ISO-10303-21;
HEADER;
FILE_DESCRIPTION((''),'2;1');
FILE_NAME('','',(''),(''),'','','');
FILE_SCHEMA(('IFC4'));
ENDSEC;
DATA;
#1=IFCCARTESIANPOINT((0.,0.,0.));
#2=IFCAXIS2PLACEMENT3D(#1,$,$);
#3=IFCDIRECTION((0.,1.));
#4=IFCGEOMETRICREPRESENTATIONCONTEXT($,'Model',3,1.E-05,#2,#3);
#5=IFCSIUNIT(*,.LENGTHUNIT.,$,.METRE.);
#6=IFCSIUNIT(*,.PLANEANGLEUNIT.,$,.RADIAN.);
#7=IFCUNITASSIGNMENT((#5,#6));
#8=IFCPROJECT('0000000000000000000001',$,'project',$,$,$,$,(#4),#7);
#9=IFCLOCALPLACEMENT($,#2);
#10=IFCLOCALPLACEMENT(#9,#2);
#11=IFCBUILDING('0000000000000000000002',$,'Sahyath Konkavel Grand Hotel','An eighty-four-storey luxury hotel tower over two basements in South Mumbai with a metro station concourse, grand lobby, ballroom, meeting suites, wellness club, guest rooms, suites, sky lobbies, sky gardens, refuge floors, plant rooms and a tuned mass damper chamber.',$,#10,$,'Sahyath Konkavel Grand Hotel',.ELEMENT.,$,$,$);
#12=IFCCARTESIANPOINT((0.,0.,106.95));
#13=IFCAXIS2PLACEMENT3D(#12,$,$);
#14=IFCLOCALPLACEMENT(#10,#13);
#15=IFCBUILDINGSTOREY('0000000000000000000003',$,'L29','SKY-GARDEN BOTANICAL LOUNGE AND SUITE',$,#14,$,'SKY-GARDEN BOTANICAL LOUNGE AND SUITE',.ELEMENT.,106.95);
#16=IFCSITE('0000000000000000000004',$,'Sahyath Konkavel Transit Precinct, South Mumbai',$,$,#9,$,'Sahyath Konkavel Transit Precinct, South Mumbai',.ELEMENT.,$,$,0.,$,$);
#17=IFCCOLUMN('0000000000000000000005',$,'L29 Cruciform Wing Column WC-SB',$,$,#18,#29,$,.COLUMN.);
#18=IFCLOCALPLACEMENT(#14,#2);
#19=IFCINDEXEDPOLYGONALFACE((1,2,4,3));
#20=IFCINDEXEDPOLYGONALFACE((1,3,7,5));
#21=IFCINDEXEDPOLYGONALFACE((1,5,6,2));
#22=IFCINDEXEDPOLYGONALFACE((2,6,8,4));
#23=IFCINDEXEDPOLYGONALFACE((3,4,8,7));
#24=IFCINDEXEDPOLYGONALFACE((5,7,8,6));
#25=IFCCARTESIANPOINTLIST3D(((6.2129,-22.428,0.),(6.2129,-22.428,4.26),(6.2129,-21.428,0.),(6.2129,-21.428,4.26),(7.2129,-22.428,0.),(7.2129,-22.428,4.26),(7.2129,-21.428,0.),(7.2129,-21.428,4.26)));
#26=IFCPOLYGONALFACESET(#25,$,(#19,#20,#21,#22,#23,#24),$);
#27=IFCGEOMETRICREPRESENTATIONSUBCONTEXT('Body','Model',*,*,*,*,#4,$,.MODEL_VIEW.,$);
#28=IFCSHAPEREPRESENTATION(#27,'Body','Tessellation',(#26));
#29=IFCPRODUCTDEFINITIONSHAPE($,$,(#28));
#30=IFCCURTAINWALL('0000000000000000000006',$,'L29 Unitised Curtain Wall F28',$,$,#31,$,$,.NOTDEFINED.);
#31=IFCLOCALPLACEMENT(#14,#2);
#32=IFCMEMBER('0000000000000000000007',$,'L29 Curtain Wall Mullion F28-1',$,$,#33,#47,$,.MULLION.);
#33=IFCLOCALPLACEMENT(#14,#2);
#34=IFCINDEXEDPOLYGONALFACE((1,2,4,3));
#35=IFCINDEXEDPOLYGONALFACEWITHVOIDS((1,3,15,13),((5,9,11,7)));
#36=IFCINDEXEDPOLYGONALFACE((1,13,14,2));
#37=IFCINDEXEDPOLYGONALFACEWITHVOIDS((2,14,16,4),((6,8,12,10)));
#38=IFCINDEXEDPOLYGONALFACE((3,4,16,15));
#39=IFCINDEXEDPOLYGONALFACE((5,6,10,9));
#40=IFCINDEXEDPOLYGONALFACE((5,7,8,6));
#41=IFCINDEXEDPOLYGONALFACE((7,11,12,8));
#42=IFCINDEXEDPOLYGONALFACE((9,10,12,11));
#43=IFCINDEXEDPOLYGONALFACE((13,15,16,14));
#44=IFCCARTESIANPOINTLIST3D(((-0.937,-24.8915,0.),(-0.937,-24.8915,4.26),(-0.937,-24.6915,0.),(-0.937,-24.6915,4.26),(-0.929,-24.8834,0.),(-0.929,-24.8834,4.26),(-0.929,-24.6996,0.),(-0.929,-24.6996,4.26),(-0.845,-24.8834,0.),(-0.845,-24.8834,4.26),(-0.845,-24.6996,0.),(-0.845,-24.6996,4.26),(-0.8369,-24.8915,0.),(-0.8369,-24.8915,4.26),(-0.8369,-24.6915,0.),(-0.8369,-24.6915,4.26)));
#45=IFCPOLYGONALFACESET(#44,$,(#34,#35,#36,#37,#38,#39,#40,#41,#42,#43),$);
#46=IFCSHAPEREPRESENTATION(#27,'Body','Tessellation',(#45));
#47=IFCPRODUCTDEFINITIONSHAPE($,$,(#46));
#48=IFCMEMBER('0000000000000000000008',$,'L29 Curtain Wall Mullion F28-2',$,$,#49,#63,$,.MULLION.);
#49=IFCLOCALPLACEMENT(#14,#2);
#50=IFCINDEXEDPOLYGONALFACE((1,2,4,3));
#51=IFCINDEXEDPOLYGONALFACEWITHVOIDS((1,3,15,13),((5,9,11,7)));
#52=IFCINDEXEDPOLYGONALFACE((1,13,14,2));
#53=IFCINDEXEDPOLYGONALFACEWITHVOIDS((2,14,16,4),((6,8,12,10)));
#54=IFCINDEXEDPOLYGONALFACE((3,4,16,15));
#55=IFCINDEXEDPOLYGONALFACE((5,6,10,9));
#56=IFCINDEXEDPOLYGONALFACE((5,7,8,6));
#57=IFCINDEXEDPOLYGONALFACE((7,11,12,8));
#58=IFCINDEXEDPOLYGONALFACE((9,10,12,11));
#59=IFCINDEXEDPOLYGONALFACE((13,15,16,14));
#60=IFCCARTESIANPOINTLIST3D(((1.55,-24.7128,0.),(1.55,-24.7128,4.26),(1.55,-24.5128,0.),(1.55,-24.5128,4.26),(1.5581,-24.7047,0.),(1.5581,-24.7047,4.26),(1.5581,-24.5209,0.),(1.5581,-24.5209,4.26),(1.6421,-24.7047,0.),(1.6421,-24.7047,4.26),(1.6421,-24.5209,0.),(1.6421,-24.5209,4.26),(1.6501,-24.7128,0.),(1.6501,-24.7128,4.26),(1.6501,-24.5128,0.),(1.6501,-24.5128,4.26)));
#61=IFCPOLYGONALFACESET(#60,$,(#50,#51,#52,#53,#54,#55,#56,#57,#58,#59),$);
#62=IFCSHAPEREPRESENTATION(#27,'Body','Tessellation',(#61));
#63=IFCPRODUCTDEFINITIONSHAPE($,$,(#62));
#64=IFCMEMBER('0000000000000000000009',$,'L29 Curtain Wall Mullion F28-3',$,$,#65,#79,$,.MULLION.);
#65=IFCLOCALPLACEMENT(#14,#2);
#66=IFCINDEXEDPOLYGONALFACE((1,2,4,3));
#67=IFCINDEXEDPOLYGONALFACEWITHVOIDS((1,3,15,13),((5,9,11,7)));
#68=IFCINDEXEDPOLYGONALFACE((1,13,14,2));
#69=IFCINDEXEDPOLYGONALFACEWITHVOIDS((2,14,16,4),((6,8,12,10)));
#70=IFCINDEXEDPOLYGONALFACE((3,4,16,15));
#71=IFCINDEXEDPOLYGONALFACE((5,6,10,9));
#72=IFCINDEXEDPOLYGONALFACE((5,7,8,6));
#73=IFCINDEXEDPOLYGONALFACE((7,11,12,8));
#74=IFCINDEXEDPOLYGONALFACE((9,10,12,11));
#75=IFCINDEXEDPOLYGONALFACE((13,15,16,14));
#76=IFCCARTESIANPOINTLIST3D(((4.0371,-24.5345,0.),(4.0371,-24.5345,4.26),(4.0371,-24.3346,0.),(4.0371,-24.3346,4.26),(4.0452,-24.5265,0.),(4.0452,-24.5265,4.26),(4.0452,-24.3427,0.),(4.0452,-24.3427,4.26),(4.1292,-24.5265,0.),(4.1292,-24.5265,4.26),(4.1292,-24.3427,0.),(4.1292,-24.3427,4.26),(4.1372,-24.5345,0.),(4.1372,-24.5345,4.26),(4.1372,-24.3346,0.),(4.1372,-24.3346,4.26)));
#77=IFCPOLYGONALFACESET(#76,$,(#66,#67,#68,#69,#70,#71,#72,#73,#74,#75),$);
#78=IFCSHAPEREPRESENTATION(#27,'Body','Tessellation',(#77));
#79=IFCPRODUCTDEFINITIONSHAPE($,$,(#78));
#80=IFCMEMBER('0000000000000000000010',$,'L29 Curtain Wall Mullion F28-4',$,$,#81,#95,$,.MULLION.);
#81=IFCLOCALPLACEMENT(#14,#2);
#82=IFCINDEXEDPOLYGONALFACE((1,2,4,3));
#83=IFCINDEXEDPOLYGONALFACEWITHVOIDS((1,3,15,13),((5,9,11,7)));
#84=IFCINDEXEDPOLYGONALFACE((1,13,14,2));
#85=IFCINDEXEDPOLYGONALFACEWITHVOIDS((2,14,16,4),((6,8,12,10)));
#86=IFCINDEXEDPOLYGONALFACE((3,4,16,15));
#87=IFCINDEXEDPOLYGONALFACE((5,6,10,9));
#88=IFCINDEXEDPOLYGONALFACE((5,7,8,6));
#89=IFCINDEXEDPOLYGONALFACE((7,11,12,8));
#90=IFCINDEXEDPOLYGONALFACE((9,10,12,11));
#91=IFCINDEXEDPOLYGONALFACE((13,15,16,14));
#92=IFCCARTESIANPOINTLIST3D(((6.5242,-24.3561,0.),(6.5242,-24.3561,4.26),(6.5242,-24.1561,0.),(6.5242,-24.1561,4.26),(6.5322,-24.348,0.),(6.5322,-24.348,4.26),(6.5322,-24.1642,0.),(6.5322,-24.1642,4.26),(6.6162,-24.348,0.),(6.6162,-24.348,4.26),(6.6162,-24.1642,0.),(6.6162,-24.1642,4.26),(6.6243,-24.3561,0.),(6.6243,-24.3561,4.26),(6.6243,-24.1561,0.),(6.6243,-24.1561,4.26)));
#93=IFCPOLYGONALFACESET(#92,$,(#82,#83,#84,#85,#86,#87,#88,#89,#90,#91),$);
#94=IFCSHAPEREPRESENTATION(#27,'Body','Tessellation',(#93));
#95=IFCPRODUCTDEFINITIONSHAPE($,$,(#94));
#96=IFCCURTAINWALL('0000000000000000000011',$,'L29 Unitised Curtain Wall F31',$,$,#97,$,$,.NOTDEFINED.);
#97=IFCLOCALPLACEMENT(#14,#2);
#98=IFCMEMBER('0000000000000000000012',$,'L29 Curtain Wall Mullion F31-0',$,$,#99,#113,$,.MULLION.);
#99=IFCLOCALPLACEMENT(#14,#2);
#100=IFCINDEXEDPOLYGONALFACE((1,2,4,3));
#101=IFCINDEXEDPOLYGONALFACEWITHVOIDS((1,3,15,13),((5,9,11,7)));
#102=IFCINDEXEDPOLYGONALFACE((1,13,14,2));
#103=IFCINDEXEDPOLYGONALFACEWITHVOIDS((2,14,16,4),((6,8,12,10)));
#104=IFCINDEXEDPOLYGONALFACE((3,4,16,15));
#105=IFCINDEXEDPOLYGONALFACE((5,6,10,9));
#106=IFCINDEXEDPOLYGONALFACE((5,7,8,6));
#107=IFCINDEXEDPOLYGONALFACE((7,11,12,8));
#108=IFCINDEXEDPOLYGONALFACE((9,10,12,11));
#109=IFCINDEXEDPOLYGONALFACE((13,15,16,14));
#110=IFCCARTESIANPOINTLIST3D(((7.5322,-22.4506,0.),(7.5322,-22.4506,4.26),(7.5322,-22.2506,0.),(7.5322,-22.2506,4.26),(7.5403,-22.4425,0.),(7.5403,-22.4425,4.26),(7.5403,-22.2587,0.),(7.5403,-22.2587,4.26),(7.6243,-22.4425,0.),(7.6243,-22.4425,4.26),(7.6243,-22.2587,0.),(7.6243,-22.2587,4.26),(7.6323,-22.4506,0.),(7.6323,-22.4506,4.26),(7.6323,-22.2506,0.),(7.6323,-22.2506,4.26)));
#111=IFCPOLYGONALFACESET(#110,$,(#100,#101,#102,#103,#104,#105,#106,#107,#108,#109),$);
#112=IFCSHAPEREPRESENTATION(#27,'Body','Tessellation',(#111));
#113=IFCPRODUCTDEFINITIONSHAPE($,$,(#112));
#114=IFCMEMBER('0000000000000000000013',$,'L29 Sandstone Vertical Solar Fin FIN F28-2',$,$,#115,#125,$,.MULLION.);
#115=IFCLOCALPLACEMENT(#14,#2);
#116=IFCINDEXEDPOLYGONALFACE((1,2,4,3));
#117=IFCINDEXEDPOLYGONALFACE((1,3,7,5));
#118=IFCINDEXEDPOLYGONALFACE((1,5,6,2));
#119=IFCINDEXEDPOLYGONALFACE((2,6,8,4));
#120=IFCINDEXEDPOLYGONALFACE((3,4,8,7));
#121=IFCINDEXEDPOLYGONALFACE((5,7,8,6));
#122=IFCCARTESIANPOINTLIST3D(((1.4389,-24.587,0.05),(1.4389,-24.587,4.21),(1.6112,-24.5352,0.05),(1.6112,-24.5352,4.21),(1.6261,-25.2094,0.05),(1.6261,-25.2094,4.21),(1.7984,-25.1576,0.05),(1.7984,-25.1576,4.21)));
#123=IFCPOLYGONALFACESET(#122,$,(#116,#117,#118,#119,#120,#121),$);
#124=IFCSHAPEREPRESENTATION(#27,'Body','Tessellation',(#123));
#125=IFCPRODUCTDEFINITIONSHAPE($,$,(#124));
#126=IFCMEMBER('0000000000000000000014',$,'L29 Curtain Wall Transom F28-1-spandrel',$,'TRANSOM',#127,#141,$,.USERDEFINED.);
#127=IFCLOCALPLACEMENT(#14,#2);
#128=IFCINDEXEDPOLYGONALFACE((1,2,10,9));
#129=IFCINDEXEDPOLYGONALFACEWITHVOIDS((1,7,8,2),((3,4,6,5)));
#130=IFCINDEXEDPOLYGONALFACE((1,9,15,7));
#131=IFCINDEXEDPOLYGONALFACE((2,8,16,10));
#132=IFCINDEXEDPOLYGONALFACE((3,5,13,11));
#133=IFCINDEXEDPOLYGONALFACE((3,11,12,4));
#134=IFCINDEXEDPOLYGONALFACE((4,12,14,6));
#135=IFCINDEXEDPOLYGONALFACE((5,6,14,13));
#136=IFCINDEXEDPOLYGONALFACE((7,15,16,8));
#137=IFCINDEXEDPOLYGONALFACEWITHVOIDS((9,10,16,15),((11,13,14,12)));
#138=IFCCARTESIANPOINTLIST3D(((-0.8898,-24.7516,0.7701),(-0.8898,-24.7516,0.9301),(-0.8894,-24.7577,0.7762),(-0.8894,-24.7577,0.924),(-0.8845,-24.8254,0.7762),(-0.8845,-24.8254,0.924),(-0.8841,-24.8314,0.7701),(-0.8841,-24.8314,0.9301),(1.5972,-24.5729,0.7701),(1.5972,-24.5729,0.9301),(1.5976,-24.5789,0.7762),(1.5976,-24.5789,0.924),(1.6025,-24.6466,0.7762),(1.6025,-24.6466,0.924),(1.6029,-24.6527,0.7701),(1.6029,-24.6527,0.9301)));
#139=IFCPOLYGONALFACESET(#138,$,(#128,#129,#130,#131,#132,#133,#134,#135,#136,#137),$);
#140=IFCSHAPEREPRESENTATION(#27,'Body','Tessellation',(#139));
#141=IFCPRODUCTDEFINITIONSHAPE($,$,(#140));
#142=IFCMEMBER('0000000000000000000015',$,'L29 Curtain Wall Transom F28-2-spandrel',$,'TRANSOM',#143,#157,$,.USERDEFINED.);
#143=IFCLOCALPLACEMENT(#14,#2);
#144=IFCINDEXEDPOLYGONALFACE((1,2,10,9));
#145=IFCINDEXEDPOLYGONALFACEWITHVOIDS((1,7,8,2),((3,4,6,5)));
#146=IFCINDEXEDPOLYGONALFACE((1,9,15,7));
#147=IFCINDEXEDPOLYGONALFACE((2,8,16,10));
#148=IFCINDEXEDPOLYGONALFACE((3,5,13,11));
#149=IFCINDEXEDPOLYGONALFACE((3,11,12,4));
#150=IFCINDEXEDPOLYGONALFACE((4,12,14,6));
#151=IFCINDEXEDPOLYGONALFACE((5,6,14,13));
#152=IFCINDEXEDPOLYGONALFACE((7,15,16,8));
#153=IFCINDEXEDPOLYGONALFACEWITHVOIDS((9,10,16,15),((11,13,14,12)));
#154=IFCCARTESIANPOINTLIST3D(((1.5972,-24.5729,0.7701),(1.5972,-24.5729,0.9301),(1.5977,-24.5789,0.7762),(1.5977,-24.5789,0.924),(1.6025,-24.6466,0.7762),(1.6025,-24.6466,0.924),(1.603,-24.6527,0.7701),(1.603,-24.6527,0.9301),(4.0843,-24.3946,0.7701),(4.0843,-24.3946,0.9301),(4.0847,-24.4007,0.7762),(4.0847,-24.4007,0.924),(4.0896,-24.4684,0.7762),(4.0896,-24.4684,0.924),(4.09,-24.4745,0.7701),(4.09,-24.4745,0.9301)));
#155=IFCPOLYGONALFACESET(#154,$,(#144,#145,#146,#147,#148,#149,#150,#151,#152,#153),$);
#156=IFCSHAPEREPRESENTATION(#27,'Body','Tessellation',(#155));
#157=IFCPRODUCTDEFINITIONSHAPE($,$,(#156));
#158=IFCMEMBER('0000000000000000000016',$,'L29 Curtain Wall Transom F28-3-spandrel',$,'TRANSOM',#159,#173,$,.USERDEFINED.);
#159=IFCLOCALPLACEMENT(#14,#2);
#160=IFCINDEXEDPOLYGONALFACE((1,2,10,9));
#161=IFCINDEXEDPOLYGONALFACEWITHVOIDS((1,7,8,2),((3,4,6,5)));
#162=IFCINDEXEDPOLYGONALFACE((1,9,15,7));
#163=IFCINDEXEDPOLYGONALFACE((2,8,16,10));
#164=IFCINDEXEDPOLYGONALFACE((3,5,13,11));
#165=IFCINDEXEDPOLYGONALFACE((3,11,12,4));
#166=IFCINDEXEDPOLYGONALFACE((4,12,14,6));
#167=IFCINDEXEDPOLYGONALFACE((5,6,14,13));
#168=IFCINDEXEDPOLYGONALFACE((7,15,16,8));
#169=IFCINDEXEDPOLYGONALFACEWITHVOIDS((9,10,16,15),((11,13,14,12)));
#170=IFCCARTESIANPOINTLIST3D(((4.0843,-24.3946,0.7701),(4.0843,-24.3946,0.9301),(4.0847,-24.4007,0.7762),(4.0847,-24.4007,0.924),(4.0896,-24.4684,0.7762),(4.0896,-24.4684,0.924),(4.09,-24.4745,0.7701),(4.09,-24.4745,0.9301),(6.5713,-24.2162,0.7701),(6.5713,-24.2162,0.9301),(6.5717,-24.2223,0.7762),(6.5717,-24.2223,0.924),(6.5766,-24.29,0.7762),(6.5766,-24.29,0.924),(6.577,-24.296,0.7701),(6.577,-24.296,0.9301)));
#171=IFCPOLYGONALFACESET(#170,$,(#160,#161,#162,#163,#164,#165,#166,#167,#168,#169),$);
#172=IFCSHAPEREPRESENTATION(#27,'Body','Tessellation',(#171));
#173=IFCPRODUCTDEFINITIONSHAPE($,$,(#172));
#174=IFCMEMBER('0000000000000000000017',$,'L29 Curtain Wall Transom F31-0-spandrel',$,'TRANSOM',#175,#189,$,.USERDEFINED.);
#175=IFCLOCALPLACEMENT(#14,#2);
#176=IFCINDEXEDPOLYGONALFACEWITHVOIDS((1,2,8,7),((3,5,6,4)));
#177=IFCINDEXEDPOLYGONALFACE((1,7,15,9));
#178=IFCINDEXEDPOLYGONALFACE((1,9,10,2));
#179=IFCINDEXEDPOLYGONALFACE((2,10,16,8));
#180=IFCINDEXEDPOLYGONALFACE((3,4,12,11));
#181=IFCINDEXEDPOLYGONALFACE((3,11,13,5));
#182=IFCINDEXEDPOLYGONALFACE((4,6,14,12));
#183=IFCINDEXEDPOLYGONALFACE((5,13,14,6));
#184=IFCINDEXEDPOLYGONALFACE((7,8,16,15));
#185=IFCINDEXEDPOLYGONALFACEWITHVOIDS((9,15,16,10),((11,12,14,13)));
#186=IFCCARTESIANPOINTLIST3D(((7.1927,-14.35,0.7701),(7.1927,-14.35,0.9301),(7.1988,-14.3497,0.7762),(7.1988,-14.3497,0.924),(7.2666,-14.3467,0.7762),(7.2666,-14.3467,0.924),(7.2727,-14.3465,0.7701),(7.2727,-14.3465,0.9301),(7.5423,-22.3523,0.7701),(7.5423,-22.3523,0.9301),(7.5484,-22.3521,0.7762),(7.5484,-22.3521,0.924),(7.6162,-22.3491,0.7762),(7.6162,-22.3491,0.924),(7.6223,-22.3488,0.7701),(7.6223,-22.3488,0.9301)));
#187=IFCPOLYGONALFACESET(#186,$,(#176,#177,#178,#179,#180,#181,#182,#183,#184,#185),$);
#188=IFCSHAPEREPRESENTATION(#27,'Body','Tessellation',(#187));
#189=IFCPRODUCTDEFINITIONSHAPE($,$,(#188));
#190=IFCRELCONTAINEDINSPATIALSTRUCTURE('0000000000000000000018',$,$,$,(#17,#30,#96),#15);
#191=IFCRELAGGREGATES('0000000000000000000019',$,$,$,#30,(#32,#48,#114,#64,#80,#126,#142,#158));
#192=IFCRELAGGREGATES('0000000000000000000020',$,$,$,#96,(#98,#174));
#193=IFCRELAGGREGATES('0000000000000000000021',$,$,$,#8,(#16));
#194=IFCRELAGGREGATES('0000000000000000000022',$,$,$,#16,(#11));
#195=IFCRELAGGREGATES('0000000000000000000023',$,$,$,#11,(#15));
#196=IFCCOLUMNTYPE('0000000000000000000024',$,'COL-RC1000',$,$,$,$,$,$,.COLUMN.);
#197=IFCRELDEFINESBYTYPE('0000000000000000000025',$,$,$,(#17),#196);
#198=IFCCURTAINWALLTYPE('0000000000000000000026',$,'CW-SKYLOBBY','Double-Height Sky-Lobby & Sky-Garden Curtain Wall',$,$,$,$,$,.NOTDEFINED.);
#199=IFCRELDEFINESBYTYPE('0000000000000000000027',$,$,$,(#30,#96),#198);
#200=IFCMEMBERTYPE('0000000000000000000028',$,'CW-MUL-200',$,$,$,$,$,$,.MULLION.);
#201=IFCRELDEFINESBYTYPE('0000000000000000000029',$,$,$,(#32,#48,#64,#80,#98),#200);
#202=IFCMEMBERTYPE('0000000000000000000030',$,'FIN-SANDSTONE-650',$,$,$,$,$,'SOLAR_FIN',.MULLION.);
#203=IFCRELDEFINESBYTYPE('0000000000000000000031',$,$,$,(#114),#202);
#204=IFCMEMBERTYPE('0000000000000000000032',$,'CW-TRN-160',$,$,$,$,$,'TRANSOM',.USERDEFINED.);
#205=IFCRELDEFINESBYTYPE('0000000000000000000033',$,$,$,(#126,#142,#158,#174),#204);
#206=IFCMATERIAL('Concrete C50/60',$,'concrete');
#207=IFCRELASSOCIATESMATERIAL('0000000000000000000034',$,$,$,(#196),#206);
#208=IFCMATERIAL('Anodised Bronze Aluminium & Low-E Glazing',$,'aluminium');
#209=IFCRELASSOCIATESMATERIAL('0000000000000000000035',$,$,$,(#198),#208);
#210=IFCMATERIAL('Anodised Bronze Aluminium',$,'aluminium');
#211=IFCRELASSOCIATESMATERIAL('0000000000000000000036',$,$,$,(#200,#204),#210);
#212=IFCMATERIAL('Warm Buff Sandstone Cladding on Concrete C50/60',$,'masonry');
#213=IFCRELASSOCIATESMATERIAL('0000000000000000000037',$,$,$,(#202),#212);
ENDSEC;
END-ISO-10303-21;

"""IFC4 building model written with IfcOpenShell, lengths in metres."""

from ifc_helpers import new_model, si_unit, direction, frame, origin, origin_2d, place, context, subcontext, project, spatial, rectangle, hollow_rectangle, extrude, source, transform, mapped, material, material_profile, profile_set, type_object, element, aggregate, save


model = new_model("IFC4")

# Units and contexts
model_context = context("Model", 3, precision=1e-05, world=origin(), true_north=direction((0.0, 1.0)))
body_context = subcontext(model_context, "Body", "Model", "MODEL_VIEW")
ifc_project = project(units=[si_unit("LENGTHUNIT", "METRE"), si_unit("PLANEANGLEUNIT", "RADIAN")], contexts=[model_context])

# Site, building, storey
site_placement = place(None, origin())
site = spatial("IfcSite", under=ifc_project, at=site_placement, Name="Sahyath Konkavel Transit Precinct, South Mumbai", LongName="Sahyath Konkavel Transit Precinct, South Mumbai", CompositionType="ELEMENT", RefElevation=0.0)
building_placement = place(site_placement, origin())
building = spatial("IfcBuilding", under=site, at=building_placement, Name="Sahyath Konkavel Grand Hotel", Description="An eighty-four-storey luxury hotel tower over two basements in South Mumbai with a metro station concourse, grand lobby, ballroom, meeting suites, wellness club, guest rooms, suites, sky lobbies, sky gardens, refuge floors, plant rooms and a tuned mass damper chamber.", LongName="Sahyath Konkavel Grand Hotel", CompositionType="ELEMENT")
storey_placement = place(building_placement, frame((0.0, 0.0, 106.95)))
storey = spatial("IfcBuildingStorey", under=building, at=storey_placement, Name="L29", Description="SKY-GARDEN BOTANICAL LOUNGE AND SUITE", LongName="SKY-GARDEN BOTANICAL LOUNGE AND SUITE", CompositionType="ELEMENT", Elevation=106.95)

# Column
ifc_material_1 = material(Name="Concrete C50/60", Category="concrete")
ifc_material_profile_1 = material_profile(ifc_material_1, rectangle(XDim=1.0, YDim=1.0, at=origin_2d()), Name="RC 1000x1000")
ifc_profile_set_1 = profile_set([ifc_material_profile_1], Name="Concrete C50/60")
column_type = type_object("IfcColumnType", Name="COL-RC1000", PredefinedType="COLUMN", material=ifc_profile_set_1)
shared_shape_1 = source(origin(), body_context, "Body", "SweptSolid", [
    extrude(rectangle(XDim=1.0, YDim=1.0, at=origin_2d()), origin(), (0.0, 0.0, 1.0), 4.26),
])
column_placement = place(storey_placement, frame((6.7129, -21.928, 0.0), z_axis=(0.0, 0.0, 1.0), x_axis=(1.0, 0.0, 0.0)))
element("IfcColumn", 1, at=column_placement, inside=storey, type_object=column_type, Name="L29 Cruciform Wing Column WC-SB", PredefinedType="COLUMN", context=body_context, shape_type="MappedRepresentation", body=[
    mapped(shared_shape_1, transform((0.0, 0.0, 0.0), scale=1.0)),
])

# Curtain wall, members
ifc_material_2 = material(Name="Anodised Bronze Aluminium & Low-E Glazing", Category="aluminium")
curtain_wall_type = type_object("IfcCurtainWallType", Name="CW-SKYLOBBY", Description="Double-Height Sky-Lobby & Sky-Garden Curtain Wall", PredefinedType="NOTDEFINED", material=ifc_material_2)
curtain_wall_1_placement = place(storey_placement, origin())
curtain_wall_1 = element("IfcCurtainWall", 2, at=curtain_wall_1_placement, inside=storey, type_object=curtain_wall_type, Name="L29 Unitised Curtain Wall F28", PredefinedType="NOTDEFINED")
ifc_material_3 = material(Name="Anodised Bronze Aluminium", Category="aluminium")
ifc_material_profile_2 = material_profile(ifc_material_3, hollow_rectangle(XDim=0.1001, YDim=0.2, WallThickness=0.0081, at=origin_2d()), Name="RHS 200x100x8")
ifc_profile_set_2 = profile_set([ifc_material_profile_2], Name="Anodised Bronze Aluminium")
member_type_1 = type_object("IfcMemberType", Name="CW-MUL-200", PredefinedType="MULLION", material=ifc_profile_set_2)
shared_shape_2 = source(origin(), body_context, "Body", "SweptSolid", [
    extrude(hollow_rectangle(XDim=0.1001, YDim=0.2, WallThickness=0.0081, at=origin_2d()), origin(), (0.0, 0.0, 1.0), 4.26),
])
member_1_placement = place(storey_placement, frame((-0.887, -24.7915, 0.0), z_axis=(0.0, 0.0, 1.0), x_axis=(1.0, 0.0, 0.0)))
member_1 = element("IfcMember", 3, at=member_1_placement, type_object=member_type_1, Name="L29 Curtain Wall Mullion F28-1", PredefinedType="MULLION", context=body_context, shape_type="MappedRepresentation", body=[
    mapped(shared_shape_2, transform((0.0, 0.0, 0.0), scale=1.0)),
])
member_2_placement = place(storey_placement, frame((1.6001, -24.6128, 0.0), z_axis=(0.0, 0.0, 1.0), x_axis=(1.0, 0.0, 0.0)))
member_2 = element("IfcMember", 4, at=member_2_placement, type_object=member_type_1, Name="L29 Curtain Wall Mullion F28-2", PredefinedType="MULLION", context=body_context, shape_type="MappedRepresentation", body=[
    mapped(shared_shape_2, transform((0.0, 0.0, 0.0), scale=1.0)),
])
member_3_placement = place(storey_placement, frame((4.0872, -24.4346, 0.0), z_axis=(0.0, 0.0, 1.0), x_axis=(1.0, 0.0, 0.0)))
member_3 = element("IfcMember", 5, at=member_3_placement, type_object=member_type_1, Name="L29 Curtain Wall Mullion F28-3", PredefinedType="MULLION", context=body_context, shape_type="MappedRepresentation", body=[
    mapped(shared_shape_2, transform((0.0, 0.0, 0.0), scale=1.0)),
])
member_4_placement = place(storey_placement, frame((6.5742, -24.2561, 0.0), z_axis=(0.0, 0.0, 1.0), x_axis=(1.0, 0.0, 0.0)))
member_4 = element("IfcMember", 6, at=member_4_placement, type_object=member_type_1, Name="L29 Curtain Wall Mullion F28-4", PredefinedType="MULLION", context=body_context, shape_type="MappedRepresentation", body=[
    mapped(shared_shape_2, transform((0.0, 0.0, 0.0), scale=1.0)),
])

# Curtain wall, member
curtain_wall_2_placement = place(storey_placement, origin())
curtain_wall_2 = element("IfcCurtainWall", 7, at=curtain_wall_2_placement, inside=storey, type_object=curtain_wall_type, Name="L29 Unitised Curtain Wall F31", PredefinedType="NOTDEFINED")
member_5_placement = place(storey_placement, frame((7.5823, -22.3506, 0.0), z_axis=(0.0, 0.0, 1.0), x_axis=(1.0, 0.0, 0.0)))
member_5 = element("IfcMember", 8, at=member_5_placement, type_object=member_type_1, Name="L29 Curtain Wall Mullion F31-0", PredefinedType="MULLION", context=body_context, shape_type="MappedRepresentation", body=[
    mapped(shared_shape_2, transform((0.0, 0.0, 0.0), scale=1.0)),
])

# Members
ifc_material_4 = material(Name="Warm Buff Sandstone Cladding on Concrete C50/60", Category="masonry")
ifc_material_profile_3 = material_profile(ifc_material_4, rectangle(XDim=0.1799, YDim=0.6499, at=origin_2d()), Name="FIN 180x650")
ifc_profile_set_3 = profile_set([ifc_material_profile_3], Name="Warm Buff Sandstone Cladding on Concrete C50/60")
member_type_2 = type_object("IfcMemberType", Name="FIN-SANDSTONE-650", ElementType="SOLAR_FIN", PredefinedType="MULLION", material=ifc_profile_set_3)
shared_shape_3 = source(origin(), body_context, "Body", "SweptSolid", [
    extrude(rectangle(XDim=0.1799, YDim=0.6499, at=origin_2d()), origin(), (0.0, 0.0, 1.0), 4.1599),
])
member_6_placement = place(storey_placement, frame((1.6187, -24.8723, 0.05), z_axis=(0.0, 0.0, 1.0), x_axis=(0.957622, 0.288029, 0.0)))
member_6 = element("IfcMember", 9, at=member_6_placement, type_object=member_type_2, Name="L29 Sandstone Vertical Solar Fin FIN F28-2", PredefinedType="MULLION", context=body_context, shape_type="MappedRepresentation", body=[
    mapped(shared_shape_3, transform((0.0, 0.0, 0.0), scale=1.0)),
])
ifc_material_profile_4 = material_profile(ifc_material_3, hollow_rectangle(XDim=0.0801, YDim=0.1599, WallThickness=0.0061, at=origin_2d()), Name="RHS 160x80x6")
ifc_profile_set_4 = profile_set([ifc_material_profile_4], Name="Anodised Bronze Aluminium")
member_type_3 = type_object("IfcMemberType", Name="CW-TRN-160", ElementType="TRANSOM", PredefinedType="USERDEFINED", material=ifc_profile_set_4)
shared_shape_4 = source(origin(), body_context, "Body", "SweptSolid", [
    extrude(hollow_rectangle(XDim=0.0801, YDim=0.1599, WallThickness=0.0061, at=origin_2d()), origin(), (0.0, 0.0, 1.0), 2.4934),
])
member_7_placement = place(storey_placement, frame((-0.887, -24.7915, 0.8501), z_axis=(0.997428, 0.071671, 0.0), x_axis=(-0.071671, 0.997428, 0.0)))
member_7 = element("IfcMember", 10, at=member_7_placement, type_object=member_type_3, Name="L29 Curtain Wall Transom F28-1-spandrel", ObjectType="TRANSOM", PredefinedType="USERDEFINED", context=body_context, shape_type="MappedRepresentation", body=[
    mapped(shared_shape_4, transform((0.0, 0.0, 0.0), scale=1.0)),
])
member_8_placement = place(storey_placement, frame((1.6001, -24.6128, 0.8501), z_axis=(0.997442, 0.071477, 0.0), x_axis=(-0.071477, 0.997442, 0.0)))
member_8 = element("IfcMember", 11, at=member_8_placement, type_object=member_type_3, Name="L29 Curtain Wall Transom F28-2-spandrel", ObjectType="TRANSOM", PredefinedType="USERDEFINED", context=body_context, shape_type="MappedRepresentation", body=[
    mapped(shared_shape_4, transform((0.0, 0.0, 0.0), scale=1.0)),
])
member_9_placement = place(storey_placement, frame((4.0872, -24.4346, 0.8501), z_axis=(0.997435, 0.071574, 0.0), x_axis=(-0.071574, 0.997435, 0.0)))
member_9 = element("IfcMember", 12, at=member_9_placement, type_object=member_type_3, Name="L29 Curtain Wall Transom F28-3-spandrel", ObjectType="TRANSOM", PredefinedType="USERDEFINED", context=body_context, shape_type="MappedRepresentation", body=[
    mapped(shared_shape_4, transform((0.0, 0.0, 0.0), scale=1.0)),
])
shared_shape_5 = source(origin(), body_context, "Body", "SweptSolid", [
    extrude(hollow_rectangle(XDim=0.0801, YDim=0.1599, WallThickness=0.0061, at=origin_2d()), origin(), (0.0, 0.0, 1.0), 8.01),
])
member_10_placement = place(storey_placement, frame((7.5823, -22.3506, 0.8501), z_axis=(-0.043646, 0.999047, 0.0), x_axis=(-0.999047, -0.043646, 0.0)))
member_10 = element("IfcMember", 13, at=member_10_placement, type_object=member_type_3, Name="L29 Curtain Wall Transom F31-0-spandrel", ObjectType="TRANSOM", PredefinedType="USERDEFINED", context=body_context, shape_type="MappedRepresentation", body=[
    mapped(shared_shape_5, transform((0.0, 0.0, 0.0), scale=1.0)),
])

aggregate(curtain_wall_1, [member_1, member_2, member_6, member_3, member_4, member_7, member_8, member_9])
aggregate(curtain_wall_2, [member_5, member_10])

save(model, "model.ifc")
